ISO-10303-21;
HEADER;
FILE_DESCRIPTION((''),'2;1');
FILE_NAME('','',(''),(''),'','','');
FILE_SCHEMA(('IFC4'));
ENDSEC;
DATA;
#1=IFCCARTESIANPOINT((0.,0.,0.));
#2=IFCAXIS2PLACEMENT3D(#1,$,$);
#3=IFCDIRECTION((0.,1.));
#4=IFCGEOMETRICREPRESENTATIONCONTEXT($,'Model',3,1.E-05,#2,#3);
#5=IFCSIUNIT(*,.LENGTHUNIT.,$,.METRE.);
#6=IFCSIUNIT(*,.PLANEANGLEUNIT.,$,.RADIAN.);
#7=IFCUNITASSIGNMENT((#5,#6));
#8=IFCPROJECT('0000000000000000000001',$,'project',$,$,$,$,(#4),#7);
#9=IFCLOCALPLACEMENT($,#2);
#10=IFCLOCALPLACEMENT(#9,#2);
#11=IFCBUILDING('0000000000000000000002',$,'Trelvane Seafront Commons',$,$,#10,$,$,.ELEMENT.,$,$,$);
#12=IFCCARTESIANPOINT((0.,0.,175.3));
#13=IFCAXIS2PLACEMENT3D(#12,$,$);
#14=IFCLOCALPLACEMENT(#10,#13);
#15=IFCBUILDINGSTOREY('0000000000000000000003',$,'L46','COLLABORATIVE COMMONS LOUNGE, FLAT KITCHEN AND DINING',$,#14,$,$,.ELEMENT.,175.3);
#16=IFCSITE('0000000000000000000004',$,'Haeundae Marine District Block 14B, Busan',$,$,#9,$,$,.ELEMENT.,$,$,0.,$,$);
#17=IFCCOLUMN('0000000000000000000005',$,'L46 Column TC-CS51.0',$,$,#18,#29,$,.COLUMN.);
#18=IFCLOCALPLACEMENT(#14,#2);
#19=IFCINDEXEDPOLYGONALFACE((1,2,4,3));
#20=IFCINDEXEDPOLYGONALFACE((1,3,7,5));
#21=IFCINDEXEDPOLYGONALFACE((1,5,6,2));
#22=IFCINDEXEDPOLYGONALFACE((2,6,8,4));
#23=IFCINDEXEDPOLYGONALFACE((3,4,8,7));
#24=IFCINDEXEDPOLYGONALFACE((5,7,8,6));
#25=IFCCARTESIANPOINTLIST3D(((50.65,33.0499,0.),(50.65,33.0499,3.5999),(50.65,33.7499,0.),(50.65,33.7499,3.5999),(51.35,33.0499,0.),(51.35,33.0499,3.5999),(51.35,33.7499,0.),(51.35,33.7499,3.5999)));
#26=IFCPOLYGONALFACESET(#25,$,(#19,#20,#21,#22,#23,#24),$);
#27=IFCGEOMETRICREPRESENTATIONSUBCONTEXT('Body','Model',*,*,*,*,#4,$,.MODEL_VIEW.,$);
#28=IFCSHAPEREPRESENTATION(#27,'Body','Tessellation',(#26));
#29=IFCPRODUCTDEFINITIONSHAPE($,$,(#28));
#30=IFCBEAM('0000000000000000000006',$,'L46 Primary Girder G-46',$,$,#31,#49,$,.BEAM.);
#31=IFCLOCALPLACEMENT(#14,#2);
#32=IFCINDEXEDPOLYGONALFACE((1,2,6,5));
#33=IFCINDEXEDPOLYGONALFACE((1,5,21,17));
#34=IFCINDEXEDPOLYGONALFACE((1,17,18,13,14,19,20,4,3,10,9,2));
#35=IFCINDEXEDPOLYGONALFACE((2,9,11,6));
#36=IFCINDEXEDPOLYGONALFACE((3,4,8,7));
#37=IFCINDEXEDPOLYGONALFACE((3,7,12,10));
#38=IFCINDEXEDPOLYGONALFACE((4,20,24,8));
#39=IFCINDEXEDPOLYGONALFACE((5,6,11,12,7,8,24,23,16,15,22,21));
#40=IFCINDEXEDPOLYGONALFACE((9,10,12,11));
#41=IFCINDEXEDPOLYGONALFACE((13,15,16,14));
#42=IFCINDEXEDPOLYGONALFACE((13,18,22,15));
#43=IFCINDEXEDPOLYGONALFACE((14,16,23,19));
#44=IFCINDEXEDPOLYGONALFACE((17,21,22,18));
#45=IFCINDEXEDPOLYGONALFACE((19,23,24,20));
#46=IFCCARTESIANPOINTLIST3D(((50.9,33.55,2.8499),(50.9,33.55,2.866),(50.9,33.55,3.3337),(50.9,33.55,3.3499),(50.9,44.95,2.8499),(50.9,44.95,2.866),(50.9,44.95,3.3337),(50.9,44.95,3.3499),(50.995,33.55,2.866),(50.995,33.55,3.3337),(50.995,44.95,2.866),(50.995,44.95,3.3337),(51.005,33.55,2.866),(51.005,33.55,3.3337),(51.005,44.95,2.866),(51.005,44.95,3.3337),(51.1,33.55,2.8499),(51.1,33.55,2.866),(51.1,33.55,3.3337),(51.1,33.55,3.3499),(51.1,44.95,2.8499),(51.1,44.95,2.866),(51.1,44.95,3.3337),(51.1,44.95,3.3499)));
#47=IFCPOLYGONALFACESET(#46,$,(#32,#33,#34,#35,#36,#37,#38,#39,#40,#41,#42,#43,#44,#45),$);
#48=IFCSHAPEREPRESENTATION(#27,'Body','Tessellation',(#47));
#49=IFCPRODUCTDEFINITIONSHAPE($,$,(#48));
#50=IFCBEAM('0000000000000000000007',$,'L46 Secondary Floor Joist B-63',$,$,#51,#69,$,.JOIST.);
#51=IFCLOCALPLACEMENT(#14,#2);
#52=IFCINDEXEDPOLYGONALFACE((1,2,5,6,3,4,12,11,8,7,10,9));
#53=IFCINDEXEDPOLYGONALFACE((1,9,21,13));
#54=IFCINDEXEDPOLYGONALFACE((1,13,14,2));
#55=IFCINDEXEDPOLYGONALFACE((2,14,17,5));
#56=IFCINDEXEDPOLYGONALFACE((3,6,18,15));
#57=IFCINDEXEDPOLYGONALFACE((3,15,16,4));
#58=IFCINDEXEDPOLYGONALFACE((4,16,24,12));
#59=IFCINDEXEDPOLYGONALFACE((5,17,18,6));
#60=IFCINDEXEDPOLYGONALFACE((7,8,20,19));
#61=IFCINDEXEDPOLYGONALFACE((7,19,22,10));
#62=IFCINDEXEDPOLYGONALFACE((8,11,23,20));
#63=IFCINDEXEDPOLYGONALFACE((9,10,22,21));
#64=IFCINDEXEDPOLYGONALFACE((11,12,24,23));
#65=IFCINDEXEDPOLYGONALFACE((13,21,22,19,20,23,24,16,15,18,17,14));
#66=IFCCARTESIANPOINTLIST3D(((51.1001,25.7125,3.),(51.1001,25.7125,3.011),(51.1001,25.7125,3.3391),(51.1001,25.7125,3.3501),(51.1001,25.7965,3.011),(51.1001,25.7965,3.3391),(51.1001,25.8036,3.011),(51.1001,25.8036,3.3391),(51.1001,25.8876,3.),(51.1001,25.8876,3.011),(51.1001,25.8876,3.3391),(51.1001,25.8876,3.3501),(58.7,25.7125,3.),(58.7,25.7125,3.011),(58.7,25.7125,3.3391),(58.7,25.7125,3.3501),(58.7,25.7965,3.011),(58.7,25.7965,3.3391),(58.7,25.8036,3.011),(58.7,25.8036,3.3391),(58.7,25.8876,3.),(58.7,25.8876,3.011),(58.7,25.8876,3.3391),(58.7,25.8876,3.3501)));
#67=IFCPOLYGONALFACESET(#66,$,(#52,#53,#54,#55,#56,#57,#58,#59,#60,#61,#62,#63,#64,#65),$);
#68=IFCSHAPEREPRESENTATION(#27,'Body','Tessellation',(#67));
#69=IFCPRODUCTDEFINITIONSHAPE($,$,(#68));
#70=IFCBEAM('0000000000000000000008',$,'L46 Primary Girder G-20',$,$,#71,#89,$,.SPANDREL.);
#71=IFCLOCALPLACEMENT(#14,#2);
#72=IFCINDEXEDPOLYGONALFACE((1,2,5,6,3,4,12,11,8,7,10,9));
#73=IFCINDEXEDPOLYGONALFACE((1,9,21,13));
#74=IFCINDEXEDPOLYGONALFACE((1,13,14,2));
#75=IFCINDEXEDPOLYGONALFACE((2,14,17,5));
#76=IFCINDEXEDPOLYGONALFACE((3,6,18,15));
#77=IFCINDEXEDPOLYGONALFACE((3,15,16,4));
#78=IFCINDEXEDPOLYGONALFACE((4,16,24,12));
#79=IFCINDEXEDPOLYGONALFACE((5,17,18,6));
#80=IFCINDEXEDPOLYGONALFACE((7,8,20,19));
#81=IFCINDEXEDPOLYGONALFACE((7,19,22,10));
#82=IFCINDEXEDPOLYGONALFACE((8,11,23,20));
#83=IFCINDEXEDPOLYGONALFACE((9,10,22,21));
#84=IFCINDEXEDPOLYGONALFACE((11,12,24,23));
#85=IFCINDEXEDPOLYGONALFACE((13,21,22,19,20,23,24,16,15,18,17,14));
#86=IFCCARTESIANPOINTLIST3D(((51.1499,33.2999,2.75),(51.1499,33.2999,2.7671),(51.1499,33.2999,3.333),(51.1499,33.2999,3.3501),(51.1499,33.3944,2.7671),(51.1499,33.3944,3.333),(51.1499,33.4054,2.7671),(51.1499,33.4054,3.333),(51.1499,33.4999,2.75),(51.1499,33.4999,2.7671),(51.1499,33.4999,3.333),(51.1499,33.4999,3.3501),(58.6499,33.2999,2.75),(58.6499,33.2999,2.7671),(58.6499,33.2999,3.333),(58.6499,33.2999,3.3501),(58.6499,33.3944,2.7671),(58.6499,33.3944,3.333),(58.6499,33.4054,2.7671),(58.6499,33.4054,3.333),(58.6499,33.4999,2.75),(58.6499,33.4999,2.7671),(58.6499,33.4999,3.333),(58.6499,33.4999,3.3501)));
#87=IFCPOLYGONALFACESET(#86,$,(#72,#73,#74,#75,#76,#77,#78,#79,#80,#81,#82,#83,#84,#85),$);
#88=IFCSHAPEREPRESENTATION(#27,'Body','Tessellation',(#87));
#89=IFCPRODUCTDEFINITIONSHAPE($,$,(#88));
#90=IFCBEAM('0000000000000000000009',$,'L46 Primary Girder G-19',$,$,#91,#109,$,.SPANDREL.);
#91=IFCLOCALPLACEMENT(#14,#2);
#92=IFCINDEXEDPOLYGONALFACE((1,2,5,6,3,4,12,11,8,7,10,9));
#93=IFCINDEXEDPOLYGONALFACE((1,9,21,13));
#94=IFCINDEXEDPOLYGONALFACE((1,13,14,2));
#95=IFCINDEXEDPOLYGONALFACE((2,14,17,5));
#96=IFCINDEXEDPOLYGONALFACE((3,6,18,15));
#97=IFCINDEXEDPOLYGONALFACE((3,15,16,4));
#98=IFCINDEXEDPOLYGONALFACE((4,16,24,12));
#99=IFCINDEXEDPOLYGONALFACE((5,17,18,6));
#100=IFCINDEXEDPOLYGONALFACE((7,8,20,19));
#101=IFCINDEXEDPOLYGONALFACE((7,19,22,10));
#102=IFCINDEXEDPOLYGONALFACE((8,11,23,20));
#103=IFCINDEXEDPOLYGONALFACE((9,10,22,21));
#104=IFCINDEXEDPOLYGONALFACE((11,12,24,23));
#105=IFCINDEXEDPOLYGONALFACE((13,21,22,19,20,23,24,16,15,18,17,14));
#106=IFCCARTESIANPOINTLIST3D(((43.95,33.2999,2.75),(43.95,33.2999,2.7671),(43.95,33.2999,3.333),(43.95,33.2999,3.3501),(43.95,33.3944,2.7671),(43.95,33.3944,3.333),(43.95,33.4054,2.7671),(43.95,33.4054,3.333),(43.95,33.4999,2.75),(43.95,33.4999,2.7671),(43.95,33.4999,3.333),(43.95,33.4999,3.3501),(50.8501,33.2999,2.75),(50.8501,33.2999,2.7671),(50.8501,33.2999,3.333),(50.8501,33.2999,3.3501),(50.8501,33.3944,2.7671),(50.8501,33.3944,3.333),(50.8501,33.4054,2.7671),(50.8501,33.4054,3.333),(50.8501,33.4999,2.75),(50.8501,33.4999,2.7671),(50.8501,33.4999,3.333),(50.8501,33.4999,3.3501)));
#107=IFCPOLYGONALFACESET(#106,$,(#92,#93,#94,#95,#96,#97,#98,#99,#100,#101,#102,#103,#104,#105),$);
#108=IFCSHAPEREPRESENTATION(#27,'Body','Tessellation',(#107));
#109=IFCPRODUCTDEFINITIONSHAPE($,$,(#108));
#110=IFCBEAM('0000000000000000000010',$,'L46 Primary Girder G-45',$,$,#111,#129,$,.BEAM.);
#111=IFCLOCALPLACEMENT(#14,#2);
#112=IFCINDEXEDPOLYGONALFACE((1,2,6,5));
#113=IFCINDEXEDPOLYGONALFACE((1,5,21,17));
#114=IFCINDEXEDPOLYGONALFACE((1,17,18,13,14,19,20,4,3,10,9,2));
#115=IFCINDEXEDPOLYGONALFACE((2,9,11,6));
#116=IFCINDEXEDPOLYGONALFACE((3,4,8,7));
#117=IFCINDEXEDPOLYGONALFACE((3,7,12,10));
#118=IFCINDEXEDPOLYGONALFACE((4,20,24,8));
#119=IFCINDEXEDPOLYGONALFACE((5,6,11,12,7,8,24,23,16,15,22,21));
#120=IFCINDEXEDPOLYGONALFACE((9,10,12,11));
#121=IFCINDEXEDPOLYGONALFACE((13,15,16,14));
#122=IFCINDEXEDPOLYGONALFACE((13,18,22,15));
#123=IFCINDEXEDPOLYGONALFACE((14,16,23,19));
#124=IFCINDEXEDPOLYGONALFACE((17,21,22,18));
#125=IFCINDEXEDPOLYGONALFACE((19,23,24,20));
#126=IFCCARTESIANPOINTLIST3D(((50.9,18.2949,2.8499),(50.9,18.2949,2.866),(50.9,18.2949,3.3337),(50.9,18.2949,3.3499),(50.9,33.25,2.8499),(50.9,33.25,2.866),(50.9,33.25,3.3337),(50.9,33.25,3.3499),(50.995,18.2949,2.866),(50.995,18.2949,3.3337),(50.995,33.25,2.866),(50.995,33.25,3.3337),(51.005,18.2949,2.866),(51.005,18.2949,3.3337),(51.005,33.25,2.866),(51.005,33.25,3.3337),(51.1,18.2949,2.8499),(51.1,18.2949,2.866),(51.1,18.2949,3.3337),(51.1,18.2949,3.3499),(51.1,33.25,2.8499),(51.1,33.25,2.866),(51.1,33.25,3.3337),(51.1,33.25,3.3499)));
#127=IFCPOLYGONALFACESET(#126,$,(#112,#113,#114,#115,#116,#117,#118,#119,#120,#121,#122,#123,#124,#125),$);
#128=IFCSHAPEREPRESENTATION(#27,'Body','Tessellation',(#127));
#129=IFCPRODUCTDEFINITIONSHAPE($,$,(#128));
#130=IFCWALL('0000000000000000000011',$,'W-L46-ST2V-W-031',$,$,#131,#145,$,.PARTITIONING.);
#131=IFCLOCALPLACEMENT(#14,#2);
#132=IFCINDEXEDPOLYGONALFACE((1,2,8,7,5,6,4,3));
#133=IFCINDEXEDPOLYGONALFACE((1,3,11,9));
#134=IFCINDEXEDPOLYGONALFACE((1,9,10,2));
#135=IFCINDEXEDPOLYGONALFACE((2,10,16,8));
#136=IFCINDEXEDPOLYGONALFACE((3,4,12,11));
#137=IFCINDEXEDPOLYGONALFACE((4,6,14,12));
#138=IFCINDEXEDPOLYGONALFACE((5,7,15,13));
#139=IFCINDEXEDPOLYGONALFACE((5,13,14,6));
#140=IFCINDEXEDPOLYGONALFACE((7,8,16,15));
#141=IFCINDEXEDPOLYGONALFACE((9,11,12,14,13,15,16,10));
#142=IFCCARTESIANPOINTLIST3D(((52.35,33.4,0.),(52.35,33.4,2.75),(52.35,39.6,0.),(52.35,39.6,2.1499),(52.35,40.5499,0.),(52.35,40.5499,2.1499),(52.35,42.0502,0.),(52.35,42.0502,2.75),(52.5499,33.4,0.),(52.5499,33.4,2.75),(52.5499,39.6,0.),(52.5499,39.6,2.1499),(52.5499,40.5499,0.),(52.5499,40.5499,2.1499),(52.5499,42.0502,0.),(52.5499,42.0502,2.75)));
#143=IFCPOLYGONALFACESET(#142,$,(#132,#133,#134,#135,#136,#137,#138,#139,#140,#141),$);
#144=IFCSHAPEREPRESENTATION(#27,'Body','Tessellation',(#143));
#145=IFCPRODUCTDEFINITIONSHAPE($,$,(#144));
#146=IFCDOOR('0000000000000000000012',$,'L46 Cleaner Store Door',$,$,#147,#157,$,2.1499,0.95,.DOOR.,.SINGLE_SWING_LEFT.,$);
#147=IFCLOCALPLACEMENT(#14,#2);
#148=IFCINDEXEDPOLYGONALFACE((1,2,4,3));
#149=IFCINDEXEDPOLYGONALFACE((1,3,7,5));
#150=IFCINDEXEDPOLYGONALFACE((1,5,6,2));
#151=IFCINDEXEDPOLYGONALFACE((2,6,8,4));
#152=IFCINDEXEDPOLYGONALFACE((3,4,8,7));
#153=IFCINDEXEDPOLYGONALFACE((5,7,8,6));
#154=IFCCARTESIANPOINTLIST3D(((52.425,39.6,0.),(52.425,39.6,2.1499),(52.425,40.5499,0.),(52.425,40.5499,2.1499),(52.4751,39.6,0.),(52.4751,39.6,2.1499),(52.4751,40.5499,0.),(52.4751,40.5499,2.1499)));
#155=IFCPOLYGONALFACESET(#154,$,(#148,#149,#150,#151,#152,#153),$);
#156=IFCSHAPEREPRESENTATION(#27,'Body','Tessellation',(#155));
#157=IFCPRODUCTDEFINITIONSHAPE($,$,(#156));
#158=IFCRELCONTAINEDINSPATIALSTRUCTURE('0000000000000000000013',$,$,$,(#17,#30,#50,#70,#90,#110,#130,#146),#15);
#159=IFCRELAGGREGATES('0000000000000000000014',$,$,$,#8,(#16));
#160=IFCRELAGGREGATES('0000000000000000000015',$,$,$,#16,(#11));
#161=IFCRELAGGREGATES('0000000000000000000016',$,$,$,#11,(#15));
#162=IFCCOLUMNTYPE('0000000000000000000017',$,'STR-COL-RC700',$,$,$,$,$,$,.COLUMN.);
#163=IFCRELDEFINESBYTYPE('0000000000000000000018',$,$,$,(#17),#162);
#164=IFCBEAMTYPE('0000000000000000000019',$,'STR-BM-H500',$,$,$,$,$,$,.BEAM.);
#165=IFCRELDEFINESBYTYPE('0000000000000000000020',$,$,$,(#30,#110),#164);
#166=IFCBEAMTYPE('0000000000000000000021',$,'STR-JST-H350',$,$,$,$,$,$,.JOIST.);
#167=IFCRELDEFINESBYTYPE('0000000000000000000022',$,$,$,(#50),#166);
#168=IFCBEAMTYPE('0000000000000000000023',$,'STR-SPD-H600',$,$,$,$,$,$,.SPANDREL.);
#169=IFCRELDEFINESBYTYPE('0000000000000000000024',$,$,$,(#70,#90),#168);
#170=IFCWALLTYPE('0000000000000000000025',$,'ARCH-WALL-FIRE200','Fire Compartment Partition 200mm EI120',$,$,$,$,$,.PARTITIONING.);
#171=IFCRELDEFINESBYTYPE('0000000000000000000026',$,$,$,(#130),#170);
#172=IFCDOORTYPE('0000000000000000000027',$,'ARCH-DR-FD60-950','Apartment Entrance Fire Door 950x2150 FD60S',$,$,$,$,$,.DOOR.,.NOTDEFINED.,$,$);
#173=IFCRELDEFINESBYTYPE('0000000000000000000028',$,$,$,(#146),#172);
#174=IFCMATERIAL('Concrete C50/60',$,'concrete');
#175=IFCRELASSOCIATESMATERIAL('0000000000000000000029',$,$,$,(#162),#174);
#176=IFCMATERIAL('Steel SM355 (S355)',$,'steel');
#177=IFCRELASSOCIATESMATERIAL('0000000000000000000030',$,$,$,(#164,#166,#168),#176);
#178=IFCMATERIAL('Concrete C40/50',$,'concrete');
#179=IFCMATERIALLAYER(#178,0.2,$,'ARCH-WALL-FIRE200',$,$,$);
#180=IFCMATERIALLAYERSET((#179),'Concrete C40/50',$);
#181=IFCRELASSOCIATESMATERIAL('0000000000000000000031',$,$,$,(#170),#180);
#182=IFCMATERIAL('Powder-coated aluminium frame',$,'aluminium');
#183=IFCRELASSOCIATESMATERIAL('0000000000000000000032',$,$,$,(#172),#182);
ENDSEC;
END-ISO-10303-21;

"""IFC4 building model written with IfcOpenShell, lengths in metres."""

from ifc_helpers import new_model, si_unit, direction, frame, frame_2d, origin, origin_2d, place, context, subcontext, project, spatial, rectangle, i_section, extrude, source, transform, mapped, material, layer, layer_set, material_profile, profile_set, type_object, element, fill, save


model = new_model("IFC4")

# Units and contexts
model_context = context("Model", 3, precision=1e-05, world=origin(), true_north=direction((0.0, 1.0)))
body_context = subcontext(model_context, "Body", "Model", "MODEL_VIEW")
ifc_project = project(units=[si_unit("LENGTHUNIT", "METRE"), si_unit("PLANEANGLEUNIT", "RADIAN")], contexts=[model_context])

# Site, building, storey
site_placement = place(None, origin())
site = spatial("IfcSite", under=ifc_project, at=site_placement, Name="Haeundae Marine District Block 14B, Busan", CompositionType="ELEMENT", RefElevation=0.0)
building_placement = place(site_placement, origin())
building = spatial("IfcBuilding", under=site, at=building_placement, Name="Trelvane Seafront Commons", CompositionType="ELEMENT")
storey_placement = place(building_placement, frame((0.0, 0.0, 175.3)))
storey = spatial("IfcBuildingStorey", under=building, at=storey_placement, Name="L46", Description="COLLABORATIVE COMMONS LOUNGE, FLAT KITCHEN AND DINING", CompositionType="ELEMENT", Elevation=175.3)

# Column
ifc_material_1 = material(Name="Concrete C50/60", Category="concrete")
ifc_material_profile_1 = material_profile(ifc_material_1, rectangle(XDim=0.7, YDim=0.7, at=origin_2d()), Name="RC-700x700")
ifc_profile_set_1 = profile_set([ifc_material_profile_1], Name="Concrete C50/60")
column_type = type_object("IfcColumnType", Name="STR-COL-RC700", PredefinedType="COLUMN", material=ifc_profile_set_1)
shared_shape_1 = source(origin(), body_context, "Body", "SweptSolid", [
    extrude(rectangle(XDim=0.7, YDim=0.7, at=origin_2d()), origin(), (0.0, 0.0, 1.0), 3.5999),
])
column_placement = place(storey_placement, frame((51.0, 33.3999, 0.0), z_axis=(0.0, 0.0, 1.0), x_axis=(1.0, 0.0, 0.0)))
element("IfcColumn", 1, at=column_placement, inside=storey, type_object=column_type, Name="L46 Column TC-CS51.0", PredefinedType="COLUMN", context=body_context, shape_type="MappedRepresentation", body=[
    mapped(shared_shape_1, transform((0.0, 0.0, 0.0), x_axis=(1.0, 0.0, 0.0), y_axis=(0.0, 1.0, 0.0), z_axis=(0.0, 0.0, 1.0), scale=1.0)),
])

# Beams
ifc_material_2 = material(Name="Steel SM355 (S355)", Category="steel")
ifc_material_profile_2 = material_profile(ifc_material_2, i_section(OverallWidth=0.2, OverallDepth=0.5, WebThickness=0.01, FlangeThickness=0.0161, at=origin_2d()), Name="H-500x200x10x16")
ifc_profile_set_2 = profile_set([ifc_material_profile_2], Name="Steel SM355 (S355)")
beam_type_1 = type_object("IfcBeamType", Name="STR-BM-H500", PredefinedType="BEAM", material=ifc_profile_set_2)
shared_shape_2 = source(origin(), body_context, "Body", "SweptSolid", [
    extrude(i_section(OverallWidth=0.2, OverallDepth=0.5, WebThickness=0.01, FlangeThickness=0.0161, at=origin_2d()), origin(), (0.0, 0.0, 1.0), 11.3999),
])
beam_1_placement = place(storey_placement, frame((51.0, 33.55, 3.0999), z_axis=(0.0, 1.0, 0.0), x_axis=(-1.0, 0.0, 0.0)))
element("IfcBeam", 2, at=beam_1_placement, inside=storey, type_object=beam_type_1, Name="L46 Primary Girder G-46", PredefinedType="BEAM", context=body_context, shape_type="MappedRepresentation", body=[
    mapped(shared_shape_2, transform((0.0, 0.0, 0.0), x_axis=(1.0, 0.0, 0.0), y_axis=(0.0, 1.0, 0.0), z_axis=(0.0, 0.0, 1.0), scale=1.0)),
])
ifc_material_profile_3 = material_profile(ifc_material_2, i_section(OverallWidth=0.175, OverallDepth=0.3501, WebThickness=0.0071, FlangeThickness=0.011, at=origin_2d()), Name="H-350x175x7x11")
ifc_profile_set_3 = profile_set([ifc_material_profile_3], Name="Steel SM355 (S355)")
beam_type_2 = type_object("IfcBeamType", Name="STR-JST-H350", PredefinedType="JOIST", material=ifc_profile_set_3)
shared_shape_3 = source(origin(), body_context, "Body", "SweptSolid", [
    extrude(i_section(OverallWidth=0.175, OverallDepth=0.3501, WebThickness=0.0071, FlangeThickness=0.011, at=origin_2d()), origin(), (0.0, 0.0, 1.0), 7.5999),
])
beam_2_placement = place(storey_placement, frame((51.1001, 25.8, 3.175), z_axis=(1.0, 0.0, 0.0), x_axis=(0.0, 1.0, 0.0)))
element("IfcBeam", 3, at=beam_2_placement, inside=storey, type_object=beam_type_2, Name="L46 Secondary Floor Joist B-63", PredefinedType="JOIST", context=body_context, shape_type="MappedRepresentation", body=[
    mapped(shared_shape_3, transform((0.0, 0.0, 0.0), x_axis=(1.0, 0.0, 0.0), y_axis=(0.0, 1.0, 0.0), z_axis=(0.0, 0.0, 1.0), scale=1.0)),
])
ifc_material_profile_4 = material_profile(ifc_material_2, i_section(OverallWidth=0.2, OverallDepth=0.6001, WebThickness=0.011, FlangeThickness=0.0171, at=origin_2d()), Name="H-600x200x11x17")
ifc_profile_set_4 = profile_set([ifc_material_profile_4], Name="Steel SM355 (S355)")
beam_type_3 = type_object("IfcBeamType", Name="STR-SPD-H600", PredefinedType="SPANDREL", material=ifc_profile_set_4)
shared_shape_4 = source(origin(), body_context, "Body", "SweptSolid", [
    extrude(i_section(OverallWidth=0.2, OverallDepth=0.6001, WebThickness=0.011, FlangeThickness=0.0171, at=origin_2d()), origin(), (0.0, 0.0, 1.0), 7.5),
])
beam_3_placement = place(storey_placement, frame((51.1499, 33.3999, 3.05), z_axis=(1.0, 0.0, 0.0), x_axis=(0.0, 1.0, 0.0)))
element("IfcBeam", 4, at=beam_3_placement, inside=storey, type_object=beam_type_3, Name="L46 Primary Girder G-20", PredefinedType="SPANDREL", context=body_context, shape_type="MappedRepresentation", body=[
    mapped(shared_shape_4, transform((0.0, 0.0, 0.0), x_axis=(1.0, 0.0, 0.0), y_axis=(0.0, 1.0, 0.0), z_axis=(0.0, 0.0, 1.0), scale=1.0)),
])
shared_shape_5 = source(origin(), body_context, "Body", "SweptSolid", [
    extrude(i_section(OverallWidth=0.2, OverallDepth=0.6001, WebThickness=0.011, FlangeThickness=0.0171, at=origin_2d()), origin(), (0.0, 0.0, 1.0), 6.9001),
])
beam_4_placement = place(storey_placement, frame((43.95, 33.3999, 3.05), z_axis=(1.0, 0.0, 0.0), x_axis=(0.0, 1.0, 0.0)))
element("IfcBeam", 5, at=beam_4_placement, inside=storey, type_object=beam_type_3, Name="L46 Primary Girder G-19", PredefinedType="SPANDREL", context=body_context, shape_type="MappedRepresentation", body=[
    mapped(shared_shape_5, transform((0.0, 0.0, 0.0), x_axis=(1.0, 0.0, 0.0), y_axis=(0.0, 1.0, 0.0), z_axis=(0.0, 0.0, 1.0), scale=1.0)),
])
shared_shape_6 = source(origin(), body_context, "Body", "SweptSolid", [
    extrude(i_section(OverallWidth=0.2, OverallDepth=0.5, WebThickness=0.01, FlangeThickness=0.0161, at=origin_2d()), origin(), (0.0, 0.0, 1.0), 14.9551),
])
beam_5_placement = place(storey_placement, frame((51.0, 18.2949, 3.0999), z_axis=(0.0, 1.0, 0.0), x_axis=(-1.0, 0.0, 0.0)))
element("IfcBeam", 6, at=beam_5_placement, inside=storey, type_object=beam_type_1, Name="L46 Primary Girder G-45", PredefinedType="BEAM", context=body_context, shape_type="MappedRepresentation", body=[
    mapped(shared_shape_6, transform((0.0, 0.0, 0.0), x_axis=(1.0, 0.0, 0.0), y_axis=(0.0, 1.0, 0.0), z_axis=(0.0, 0.0, 1.0), scale=1.0)),
])

# Wall, opening, door
ifc_material_3 = material(Name="Concrete C40/50", Category="concrete")
ifc_layer_1 = layer(ifc_material_3, 0.2, Name="ARCH-WALL-FIRE200")
ifc_layer_set_1 = layer_set([ifc_layer_1], Name="Concrete C40/50")
wall_type_1 = type_object("IfcWallType", Name="ARCH-WALL-FIRE200", Description="Fire Compartment Partition 200mm EI120", PredefinedType="PARTITIONING", material=ifc_layer_set_1)
wall_1_placement = place(storey_placement, frame((52.45, 33.3999, 0.0), z_axis=(0.0, 0.0, 1.0), x_axis=(0.0, 1.0, 0.0)))
wall_1 = element("IfcWall", 7, at=wall_1_placement, inside=storey, type_object=wall_type_1, Name="W-L46-ST2V-W-031", PredefinedType="PARTITIONING", context=body_context, shape_type="SweptSolid", body=[
    extrude(rectangle(XDim=8.6501, YDim=0.2, at=frame_2d((4.3252, 0.0))), origin(), (0.0, 0.0, 1.0), 2.75),
])
opening_1_placement = place(wall_1_placement, frame((6.2, 0.0, 0.0)))
opening_1 = element("IfcOpeningElement", 8, at=opening_1_placement, cuts=wall_1, PredefinedType="OPENING", context=body_context, shape_type="SweptSolid", body=[
    extrude(rectangle(XDim=0.95, YDim=2.1499, at=frame_2d((0.4751, 1.075))), frame((0.0, 0.1099, 0.0), z_axis=(0.0, -1.0, 0.0), x_axis=(1.0, 0.0, 0.0)), (0.0, 0.0, 1.0), 0.22),
])
ifc_material_4 = material(Name="Powder-coated aluminium frame", Category="aluminium")
door_type_1 = type_object("IfcDoorType", Name="ARCH-DR-FD60-950", Description="Apartment Entrance Fire Door 950x2150 FD60S", OperationType="NOTDEFINED", PredefinedType="DOOR", material=ifc_material_4)
shared_shape_7 = source(origin(), body_context, "Body", "SweptSolid", [
    extrude(rectangle(XDim=0.95, YDim=2.1499, at=frame_2d((0.4751, 1.075))), frame((0.0, 0.0249, 0.0), z_axis=(0.0, -1.0, 0.0), x_axis=(1.0, 0.0, 0.0)), (0.0, 0.0, 1.0), 0.05),
])
door_1_placement = place(opening_1_placement, origin())
door_1 = element("IfcDoor", 9, at=door_1_placement, inside=storey, type_object=door_type_1, Name="L46 Cleaner Store Door", OperationType="SINGLE_SWING_LEFT", OverallHeight=2.1499, OverallWidth=0.95, PredefinedType="DOOR", context=body_context, shape_type="MappedRepresentation", body=[
    mapped(shared_shape_7, transform((0.0, 0.0, 0.0), x_axis=(1.0, 0.0, 0.0), y_axis=(0.0, 1.0, 0.0), z_axis=(0.0, 0.0, 1.0), scale=1.0)),
])
fill(opening_1, door_1)

save(model, "model.ifc")
